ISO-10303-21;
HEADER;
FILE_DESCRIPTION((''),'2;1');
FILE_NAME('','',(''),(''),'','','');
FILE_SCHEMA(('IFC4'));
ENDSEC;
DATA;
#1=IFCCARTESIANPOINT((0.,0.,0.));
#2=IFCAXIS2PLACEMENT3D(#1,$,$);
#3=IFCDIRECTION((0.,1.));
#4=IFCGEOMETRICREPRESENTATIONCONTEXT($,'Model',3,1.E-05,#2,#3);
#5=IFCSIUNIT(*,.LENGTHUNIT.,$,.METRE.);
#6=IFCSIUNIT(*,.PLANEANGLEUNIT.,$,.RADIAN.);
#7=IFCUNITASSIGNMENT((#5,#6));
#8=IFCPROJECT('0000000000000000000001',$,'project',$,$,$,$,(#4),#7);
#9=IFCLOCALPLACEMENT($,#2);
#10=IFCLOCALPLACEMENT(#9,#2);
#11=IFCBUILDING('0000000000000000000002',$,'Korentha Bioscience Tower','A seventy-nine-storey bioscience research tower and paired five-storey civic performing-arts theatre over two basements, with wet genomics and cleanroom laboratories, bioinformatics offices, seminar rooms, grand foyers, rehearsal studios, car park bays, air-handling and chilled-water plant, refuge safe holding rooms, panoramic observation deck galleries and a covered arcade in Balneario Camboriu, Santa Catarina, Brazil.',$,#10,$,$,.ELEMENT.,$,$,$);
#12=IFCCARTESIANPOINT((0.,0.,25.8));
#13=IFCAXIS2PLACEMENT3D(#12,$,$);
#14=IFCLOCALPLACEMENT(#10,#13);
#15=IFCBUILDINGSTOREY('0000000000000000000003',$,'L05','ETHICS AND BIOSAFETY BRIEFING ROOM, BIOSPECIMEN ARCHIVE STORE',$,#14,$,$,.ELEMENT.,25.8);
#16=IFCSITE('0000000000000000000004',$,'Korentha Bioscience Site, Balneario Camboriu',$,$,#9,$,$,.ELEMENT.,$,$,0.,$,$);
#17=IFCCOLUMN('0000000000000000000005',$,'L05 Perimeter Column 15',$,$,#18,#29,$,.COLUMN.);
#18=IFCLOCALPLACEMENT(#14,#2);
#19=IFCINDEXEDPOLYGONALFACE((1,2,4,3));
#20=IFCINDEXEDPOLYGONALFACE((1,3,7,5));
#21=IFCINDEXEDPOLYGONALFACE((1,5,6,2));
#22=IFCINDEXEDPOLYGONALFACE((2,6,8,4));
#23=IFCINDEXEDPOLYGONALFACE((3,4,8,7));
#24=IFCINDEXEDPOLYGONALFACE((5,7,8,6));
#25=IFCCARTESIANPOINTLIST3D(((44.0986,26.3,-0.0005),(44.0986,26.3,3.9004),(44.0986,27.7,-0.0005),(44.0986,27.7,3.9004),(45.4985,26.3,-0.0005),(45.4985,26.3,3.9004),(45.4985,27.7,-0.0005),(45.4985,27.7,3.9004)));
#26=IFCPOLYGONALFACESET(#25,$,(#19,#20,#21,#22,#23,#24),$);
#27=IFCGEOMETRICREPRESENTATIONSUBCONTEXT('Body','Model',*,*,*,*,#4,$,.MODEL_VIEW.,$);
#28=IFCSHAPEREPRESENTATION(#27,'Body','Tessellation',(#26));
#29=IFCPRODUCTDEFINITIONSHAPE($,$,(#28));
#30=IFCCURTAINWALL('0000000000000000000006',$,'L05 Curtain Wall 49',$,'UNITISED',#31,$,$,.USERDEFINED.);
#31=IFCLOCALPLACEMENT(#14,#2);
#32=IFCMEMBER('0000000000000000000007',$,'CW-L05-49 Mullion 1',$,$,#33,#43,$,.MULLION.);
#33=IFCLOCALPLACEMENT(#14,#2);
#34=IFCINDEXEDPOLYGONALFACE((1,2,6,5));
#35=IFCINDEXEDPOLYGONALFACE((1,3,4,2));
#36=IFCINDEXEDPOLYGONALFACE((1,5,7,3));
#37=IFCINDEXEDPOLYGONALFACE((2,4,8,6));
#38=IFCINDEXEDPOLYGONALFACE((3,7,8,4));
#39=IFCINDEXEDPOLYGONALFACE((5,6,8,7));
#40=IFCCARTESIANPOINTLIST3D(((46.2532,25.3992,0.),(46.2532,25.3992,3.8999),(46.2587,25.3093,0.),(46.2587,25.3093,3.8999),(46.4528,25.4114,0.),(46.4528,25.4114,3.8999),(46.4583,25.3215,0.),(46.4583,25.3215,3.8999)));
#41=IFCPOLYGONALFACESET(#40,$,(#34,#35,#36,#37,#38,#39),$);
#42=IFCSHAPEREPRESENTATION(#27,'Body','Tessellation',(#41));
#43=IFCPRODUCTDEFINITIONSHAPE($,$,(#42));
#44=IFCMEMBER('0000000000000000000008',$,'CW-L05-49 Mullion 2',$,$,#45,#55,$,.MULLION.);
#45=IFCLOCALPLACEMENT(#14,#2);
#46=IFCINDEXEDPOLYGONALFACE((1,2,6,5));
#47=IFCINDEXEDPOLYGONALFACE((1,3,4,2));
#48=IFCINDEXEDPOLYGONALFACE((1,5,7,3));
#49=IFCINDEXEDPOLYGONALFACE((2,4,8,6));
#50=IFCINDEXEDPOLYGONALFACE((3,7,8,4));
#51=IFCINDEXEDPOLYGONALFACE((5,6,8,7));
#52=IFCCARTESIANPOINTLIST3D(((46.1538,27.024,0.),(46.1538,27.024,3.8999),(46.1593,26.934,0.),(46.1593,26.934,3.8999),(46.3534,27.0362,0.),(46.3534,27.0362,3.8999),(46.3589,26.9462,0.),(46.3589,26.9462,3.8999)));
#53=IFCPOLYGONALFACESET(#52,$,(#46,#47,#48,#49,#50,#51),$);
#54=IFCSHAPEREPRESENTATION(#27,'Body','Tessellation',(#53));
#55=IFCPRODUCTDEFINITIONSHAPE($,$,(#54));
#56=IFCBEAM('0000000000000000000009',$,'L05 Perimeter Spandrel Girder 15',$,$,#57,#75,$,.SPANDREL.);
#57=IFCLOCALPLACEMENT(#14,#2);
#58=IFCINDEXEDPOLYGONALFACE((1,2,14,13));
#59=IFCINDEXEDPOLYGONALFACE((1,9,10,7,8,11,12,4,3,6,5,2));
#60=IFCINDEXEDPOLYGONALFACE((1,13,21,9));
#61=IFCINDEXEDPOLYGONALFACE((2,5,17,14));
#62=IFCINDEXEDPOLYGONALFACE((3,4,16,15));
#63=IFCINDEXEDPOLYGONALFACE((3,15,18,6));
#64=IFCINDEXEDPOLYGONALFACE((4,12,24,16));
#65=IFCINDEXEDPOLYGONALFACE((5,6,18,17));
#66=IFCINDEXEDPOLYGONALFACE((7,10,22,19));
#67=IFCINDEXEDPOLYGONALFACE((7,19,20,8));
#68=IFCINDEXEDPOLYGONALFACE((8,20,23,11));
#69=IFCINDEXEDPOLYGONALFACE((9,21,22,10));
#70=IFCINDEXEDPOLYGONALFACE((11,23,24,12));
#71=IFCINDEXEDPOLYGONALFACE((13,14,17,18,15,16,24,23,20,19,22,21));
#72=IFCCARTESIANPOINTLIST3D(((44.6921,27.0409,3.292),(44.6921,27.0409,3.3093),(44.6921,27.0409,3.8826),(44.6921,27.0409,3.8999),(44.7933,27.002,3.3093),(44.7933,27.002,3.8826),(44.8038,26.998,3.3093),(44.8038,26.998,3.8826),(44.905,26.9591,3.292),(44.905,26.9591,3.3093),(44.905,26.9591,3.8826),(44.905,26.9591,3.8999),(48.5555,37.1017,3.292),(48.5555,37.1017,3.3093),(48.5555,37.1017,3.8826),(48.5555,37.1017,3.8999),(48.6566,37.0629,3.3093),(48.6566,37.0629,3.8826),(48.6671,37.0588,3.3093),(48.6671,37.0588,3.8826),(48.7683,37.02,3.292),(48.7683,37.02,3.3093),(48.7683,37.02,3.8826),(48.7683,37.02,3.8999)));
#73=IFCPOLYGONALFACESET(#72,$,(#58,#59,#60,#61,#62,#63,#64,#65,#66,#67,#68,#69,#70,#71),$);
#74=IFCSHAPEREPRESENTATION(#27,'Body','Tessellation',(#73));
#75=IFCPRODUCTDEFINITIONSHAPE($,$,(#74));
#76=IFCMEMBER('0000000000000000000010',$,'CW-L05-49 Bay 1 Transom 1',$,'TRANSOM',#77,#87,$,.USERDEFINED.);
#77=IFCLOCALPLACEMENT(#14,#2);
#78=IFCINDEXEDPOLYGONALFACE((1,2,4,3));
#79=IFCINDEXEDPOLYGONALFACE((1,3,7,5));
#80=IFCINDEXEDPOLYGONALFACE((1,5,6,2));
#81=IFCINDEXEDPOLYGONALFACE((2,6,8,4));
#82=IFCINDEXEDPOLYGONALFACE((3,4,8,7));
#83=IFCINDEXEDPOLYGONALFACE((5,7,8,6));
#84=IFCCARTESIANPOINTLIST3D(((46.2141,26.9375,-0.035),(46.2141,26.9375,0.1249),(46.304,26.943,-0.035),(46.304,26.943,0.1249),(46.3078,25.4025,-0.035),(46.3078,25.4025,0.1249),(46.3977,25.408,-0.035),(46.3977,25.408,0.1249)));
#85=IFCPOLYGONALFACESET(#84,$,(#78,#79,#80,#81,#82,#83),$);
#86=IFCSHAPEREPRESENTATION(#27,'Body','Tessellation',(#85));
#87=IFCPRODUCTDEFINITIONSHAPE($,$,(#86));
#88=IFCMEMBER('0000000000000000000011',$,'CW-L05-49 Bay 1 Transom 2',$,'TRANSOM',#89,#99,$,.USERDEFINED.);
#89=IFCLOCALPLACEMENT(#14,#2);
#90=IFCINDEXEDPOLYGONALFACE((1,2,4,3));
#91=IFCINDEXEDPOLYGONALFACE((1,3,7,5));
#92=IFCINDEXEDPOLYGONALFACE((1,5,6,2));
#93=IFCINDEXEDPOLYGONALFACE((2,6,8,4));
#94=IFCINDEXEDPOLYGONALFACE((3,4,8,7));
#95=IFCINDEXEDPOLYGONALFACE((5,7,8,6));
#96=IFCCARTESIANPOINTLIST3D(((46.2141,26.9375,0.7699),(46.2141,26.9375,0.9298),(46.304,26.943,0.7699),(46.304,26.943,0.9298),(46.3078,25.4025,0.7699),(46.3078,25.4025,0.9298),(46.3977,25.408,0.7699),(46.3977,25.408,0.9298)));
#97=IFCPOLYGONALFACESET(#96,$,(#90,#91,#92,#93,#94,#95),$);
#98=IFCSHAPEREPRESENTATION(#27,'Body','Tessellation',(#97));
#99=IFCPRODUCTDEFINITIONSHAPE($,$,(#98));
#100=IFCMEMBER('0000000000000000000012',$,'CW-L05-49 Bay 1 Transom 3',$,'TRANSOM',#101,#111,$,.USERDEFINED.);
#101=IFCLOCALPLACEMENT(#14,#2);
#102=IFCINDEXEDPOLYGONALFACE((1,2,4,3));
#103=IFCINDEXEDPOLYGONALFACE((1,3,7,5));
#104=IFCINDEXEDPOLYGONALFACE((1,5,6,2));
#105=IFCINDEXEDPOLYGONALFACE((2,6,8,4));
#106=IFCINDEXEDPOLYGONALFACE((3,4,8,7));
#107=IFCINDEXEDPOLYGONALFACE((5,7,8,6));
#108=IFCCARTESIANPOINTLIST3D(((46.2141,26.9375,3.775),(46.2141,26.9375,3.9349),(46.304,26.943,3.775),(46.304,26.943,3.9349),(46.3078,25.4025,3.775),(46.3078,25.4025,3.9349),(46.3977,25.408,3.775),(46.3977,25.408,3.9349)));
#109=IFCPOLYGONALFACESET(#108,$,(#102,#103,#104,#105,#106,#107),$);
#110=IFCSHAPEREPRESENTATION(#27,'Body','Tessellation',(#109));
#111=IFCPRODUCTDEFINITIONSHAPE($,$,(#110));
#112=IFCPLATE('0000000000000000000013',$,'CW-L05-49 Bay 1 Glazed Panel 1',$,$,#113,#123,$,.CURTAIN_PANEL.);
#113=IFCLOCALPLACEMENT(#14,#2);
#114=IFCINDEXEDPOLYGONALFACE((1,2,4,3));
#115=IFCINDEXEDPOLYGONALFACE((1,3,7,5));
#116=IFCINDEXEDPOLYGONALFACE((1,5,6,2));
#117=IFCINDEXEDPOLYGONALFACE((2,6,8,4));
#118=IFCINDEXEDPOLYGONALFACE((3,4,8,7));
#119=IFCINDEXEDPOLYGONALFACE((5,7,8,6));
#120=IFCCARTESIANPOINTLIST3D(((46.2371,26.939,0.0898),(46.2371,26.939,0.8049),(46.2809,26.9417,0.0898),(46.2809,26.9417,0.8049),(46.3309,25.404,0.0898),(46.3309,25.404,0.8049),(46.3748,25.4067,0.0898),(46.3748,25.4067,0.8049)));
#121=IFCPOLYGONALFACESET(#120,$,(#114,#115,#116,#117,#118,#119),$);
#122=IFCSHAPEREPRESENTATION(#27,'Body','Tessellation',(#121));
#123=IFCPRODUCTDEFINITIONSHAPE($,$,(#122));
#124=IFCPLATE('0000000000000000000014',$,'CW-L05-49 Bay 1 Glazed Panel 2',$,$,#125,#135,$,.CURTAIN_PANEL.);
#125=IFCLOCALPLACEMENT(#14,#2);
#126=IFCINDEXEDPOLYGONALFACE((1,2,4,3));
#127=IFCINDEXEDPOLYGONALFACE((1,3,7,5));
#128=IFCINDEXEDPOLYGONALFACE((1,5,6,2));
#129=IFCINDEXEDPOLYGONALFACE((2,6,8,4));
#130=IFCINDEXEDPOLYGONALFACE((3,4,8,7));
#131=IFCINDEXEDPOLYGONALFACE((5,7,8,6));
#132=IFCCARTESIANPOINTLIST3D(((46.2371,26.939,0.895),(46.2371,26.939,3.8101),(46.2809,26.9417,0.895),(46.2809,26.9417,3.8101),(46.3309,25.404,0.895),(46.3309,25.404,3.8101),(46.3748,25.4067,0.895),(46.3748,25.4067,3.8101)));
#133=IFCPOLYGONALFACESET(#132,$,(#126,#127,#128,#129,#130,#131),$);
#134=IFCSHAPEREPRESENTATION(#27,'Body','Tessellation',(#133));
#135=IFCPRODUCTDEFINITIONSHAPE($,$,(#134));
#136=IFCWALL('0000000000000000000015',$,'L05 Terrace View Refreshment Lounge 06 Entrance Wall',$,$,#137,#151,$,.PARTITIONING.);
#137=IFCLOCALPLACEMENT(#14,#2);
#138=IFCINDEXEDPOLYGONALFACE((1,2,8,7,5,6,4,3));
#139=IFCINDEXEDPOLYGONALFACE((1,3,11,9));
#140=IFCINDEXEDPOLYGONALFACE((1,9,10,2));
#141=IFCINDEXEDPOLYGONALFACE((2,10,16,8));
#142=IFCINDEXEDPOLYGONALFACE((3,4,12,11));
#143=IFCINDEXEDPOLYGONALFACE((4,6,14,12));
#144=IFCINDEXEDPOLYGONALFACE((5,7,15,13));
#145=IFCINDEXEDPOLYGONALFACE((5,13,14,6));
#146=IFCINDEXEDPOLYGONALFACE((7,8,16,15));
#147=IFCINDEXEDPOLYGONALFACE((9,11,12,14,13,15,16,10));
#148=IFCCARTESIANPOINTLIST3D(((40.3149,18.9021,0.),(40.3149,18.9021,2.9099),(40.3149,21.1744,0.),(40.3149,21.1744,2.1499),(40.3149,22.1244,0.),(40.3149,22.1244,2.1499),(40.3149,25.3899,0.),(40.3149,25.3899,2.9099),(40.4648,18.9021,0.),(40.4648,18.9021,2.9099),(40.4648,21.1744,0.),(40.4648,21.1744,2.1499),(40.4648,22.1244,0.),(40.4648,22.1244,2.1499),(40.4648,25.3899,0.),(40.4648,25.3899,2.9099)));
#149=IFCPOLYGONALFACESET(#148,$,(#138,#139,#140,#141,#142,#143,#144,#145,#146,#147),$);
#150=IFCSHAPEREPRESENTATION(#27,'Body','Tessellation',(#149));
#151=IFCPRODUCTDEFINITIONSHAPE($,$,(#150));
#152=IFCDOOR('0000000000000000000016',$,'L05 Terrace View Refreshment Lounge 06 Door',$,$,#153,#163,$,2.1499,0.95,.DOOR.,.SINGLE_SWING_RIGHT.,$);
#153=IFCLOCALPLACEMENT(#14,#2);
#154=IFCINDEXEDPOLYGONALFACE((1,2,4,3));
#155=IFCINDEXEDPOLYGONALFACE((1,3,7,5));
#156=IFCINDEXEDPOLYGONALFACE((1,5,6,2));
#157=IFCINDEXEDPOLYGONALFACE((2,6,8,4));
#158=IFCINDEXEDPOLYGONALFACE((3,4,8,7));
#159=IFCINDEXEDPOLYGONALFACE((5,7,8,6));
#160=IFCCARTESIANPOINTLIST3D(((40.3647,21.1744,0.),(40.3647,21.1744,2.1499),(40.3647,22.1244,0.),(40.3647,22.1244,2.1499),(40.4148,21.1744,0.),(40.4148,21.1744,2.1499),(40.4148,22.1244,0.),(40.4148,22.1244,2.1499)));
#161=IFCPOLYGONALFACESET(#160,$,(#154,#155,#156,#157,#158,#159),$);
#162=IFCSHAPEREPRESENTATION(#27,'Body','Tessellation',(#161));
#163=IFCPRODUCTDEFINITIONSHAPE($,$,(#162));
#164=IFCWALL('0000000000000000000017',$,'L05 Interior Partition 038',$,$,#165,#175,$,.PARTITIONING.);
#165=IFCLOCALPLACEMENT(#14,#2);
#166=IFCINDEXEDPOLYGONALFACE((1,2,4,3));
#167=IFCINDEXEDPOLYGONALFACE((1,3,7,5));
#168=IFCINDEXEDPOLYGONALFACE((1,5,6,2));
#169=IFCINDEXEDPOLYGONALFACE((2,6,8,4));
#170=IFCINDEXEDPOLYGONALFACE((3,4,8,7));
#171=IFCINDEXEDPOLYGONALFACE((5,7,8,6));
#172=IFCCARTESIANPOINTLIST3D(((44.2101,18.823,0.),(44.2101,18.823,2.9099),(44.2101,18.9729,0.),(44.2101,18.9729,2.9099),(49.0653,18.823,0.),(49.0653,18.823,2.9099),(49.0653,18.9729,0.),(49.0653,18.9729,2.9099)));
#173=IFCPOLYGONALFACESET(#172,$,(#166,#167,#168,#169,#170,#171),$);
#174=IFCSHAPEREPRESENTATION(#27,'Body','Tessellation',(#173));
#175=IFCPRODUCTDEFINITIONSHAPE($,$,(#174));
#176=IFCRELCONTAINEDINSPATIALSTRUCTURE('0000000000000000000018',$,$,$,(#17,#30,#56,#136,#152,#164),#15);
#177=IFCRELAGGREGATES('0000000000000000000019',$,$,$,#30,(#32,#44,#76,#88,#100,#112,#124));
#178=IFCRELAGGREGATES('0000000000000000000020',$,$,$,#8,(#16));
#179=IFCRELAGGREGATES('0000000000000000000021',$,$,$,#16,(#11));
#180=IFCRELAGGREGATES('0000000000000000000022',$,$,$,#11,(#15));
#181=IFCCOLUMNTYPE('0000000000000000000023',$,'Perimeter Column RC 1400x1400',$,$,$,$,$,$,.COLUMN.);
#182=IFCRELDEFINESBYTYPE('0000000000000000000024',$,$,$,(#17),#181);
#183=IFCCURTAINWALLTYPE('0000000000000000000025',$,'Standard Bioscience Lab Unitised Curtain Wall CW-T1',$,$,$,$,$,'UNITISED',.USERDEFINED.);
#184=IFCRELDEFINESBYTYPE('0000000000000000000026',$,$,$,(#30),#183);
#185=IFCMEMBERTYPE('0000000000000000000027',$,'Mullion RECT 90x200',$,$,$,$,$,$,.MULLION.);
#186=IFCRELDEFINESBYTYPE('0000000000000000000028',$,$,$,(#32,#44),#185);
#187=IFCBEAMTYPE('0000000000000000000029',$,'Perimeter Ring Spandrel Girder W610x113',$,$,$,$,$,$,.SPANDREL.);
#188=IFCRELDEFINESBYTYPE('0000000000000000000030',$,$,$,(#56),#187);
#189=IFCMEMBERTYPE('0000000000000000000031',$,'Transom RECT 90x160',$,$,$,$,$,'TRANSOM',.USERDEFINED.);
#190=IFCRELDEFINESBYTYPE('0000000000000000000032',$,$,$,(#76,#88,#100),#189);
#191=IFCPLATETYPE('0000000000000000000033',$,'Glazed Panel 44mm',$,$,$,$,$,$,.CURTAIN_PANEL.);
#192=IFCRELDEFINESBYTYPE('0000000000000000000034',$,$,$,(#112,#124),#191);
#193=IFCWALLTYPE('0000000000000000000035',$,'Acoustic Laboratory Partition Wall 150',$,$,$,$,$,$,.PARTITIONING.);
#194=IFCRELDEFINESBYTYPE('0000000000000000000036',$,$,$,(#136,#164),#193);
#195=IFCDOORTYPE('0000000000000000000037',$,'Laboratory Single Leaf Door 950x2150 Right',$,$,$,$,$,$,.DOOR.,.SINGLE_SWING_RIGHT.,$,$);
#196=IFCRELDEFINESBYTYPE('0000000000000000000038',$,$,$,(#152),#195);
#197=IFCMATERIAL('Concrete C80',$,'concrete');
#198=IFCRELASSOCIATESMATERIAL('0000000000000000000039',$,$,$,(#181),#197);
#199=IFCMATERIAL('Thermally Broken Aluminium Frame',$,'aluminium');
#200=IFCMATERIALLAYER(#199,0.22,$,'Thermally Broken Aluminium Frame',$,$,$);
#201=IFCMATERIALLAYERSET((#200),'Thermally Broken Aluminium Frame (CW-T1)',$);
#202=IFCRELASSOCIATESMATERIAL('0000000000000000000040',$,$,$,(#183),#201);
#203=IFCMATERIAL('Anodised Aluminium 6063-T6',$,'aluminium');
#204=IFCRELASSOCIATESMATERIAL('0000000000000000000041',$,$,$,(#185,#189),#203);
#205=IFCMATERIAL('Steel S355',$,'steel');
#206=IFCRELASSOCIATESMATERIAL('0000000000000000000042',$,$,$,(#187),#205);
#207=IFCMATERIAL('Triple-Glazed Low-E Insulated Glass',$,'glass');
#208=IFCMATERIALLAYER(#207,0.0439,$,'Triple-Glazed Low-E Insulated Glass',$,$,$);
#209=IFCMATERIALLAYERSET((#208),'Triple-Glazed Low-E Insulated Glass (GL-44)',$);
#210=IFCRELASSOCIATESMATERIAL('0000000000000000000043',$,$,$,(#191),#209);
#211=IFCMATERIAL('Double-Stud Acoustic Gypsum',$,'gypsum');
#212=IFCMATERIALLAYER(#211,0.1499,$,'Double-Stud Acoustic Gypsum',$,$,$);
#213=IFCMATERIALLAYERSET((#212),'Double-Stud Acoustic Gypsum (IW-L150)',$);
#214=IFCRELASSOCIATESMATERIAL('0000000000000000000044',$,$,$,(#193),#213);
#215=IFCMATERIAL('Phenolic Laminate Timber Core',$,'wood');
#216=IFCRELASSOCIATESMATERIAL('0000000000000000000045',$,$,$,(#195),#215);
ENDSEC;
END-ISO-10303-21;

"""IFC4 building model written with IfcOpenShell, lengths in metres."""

from ifc_helpers import new_model, si_unit, direction, frame, frame_2d, origin, origin_2d, place, context, subcontext, project, spatial, rectangle, i_section, extrude, material, layer, layer_set, material_profile, profile_set, type_object, element, fill, aggregate, save


model = new_model("IFC4")

# Units and contexts
model_context = context("Model", 3, precision=1e-05, world=origin(), true_north=direction((0.0, 1.0)))
body_context = subcontext(model_context, "Body", "Model", "MODEL_VIEW")
ifc_project = project(units=[si_unit("LENGTHUNIT", "METRE"), si_unit("PLANEANGLEUNIT", "RADIAN")], contexts=[model_context])

# Site, building, storey
site_placement = place(None, origin())
site = spatial("IfcSite", under=ifc_project, at=site_placement, Name="Korentha Bioscience Site, Balneario Camboriu", CompositionType="ELEMENT", RefElevation=0.0)
building_placement = place(site_placement, origin())
building = spatial("IfcBuilding", under=site, at=building_placement, Name="Korentha Bioscience Tower", Description="A seventy-nine-storey bioscience research tower and paired five-storey civic performing-arts theatre over two basements, with wet genomics and cleanroom laboratories, bioinformatics offices, seminar rooms, grand foyers, rehearsal studios, car park bays, air-handling and chilled-water plant, refuge safe holding rooms, panoramic observation deck galleries and a covered arcade in Balneario Camboriu, Santa Catarina, Brazil.", CompositionType="ELEMENT")
storey_placement = place(building_placement, frame((0.0, 0.0, 25.8)))
storey = spatial("IfcBuildingStorey", under=building, at=storey_placement, Name="L05", Description="ETHICS AND BIOSAFETY BRIEFING ROOM, BIOSPECIMEN ARCHIVE STORE", CompositionType="ELEMENT", Elevation=25.8)

# Column
ifc_material_1 = material(Name="Concrete C80", Category="concrete")
ifc_material_profile_1 = material_profile(ifc_material_1, rectangle(XDim=1.3999, YDim=1.3999, at=origin_2d()), Name="Concrete C80")
ifc_profile_set_1 = profile_set([ifc_material_profile_1], Name="Concrete C80 (COL-P14)")
column_type = type_object("IfcColumnType", Name="Perimeter Column RC 1400x1400", PredefinedType="COLUMN", material=ifc_profile_set_1)
column_placement = place(storey_placement, frame((44.7986, 27.0, -0.0005), z_axis=(0.0, 0.0, 1.0), x_axis=(0.0, 1.0, 0.0)))
element("IfcColumn", 1, at=column_placement, inside=storey, type_object=column_type, Name="L05 Perimeter Column 15", PredefinedType="COLUMN", context=body_context, shape_type="SweptSolid", body=[
    extrude(rectangle(XDim=1.3999, YDim=1.3999, at=origin_2d()), origin(), (0.0, 0.0, 1.0), 3.9009),
])

# Curtain wall, members
ifc_material_2 = material(Name="Thermally Broken Aluminium Frame", Category="aluminium")
ifc_layer_1 = layer(ifc_material_2, 0.22, Name="Thermally Broken Aluminium Frame")
ifc_layer_set_1 = layer_set([ifc_layer_1], Name="Thermally Broken Aluminium Frame (CW-T1)")
curtain_wall_type = type_object("IfcCurtainWallType", Name="Standard Bioscience Lab Unitised Curtain Wall CW-T1", ElementType="UNITISED", PredefinedType="USERDEFINED", material=ifc_layer_set_1)
curtain_wall_placement = place(storey_placement, origin())
curtain_wall = element("IfcCurtainWall", 2, at=curtain_wall_placement, inside=storey, type_object=curtain_wall_type, Name="L05 Curtain Wall 49", ObjectType="UNITISED", PredefinedType="USERDEFINED")
ifc_material_3 = material(Name="Anodised Aluminium 6063-T6", Category="aluminium")
ifc_material_profile_2 = material_profile(ifc_material_3, rectangle(XDim=0.0901, YDim=0.2, at=origin_2d()), Name="Anodised Aluminium 6063-T6")
ifc_profile_set_2 = profile_set([ifc_material_profile_2], Name="Anodised Aluminium 6063-T6 (CW-MUL)")
member_type_1 = type_object("IfcMemberType", Name="Mullion RECT 90x200", PredefinedType="MULLION", material=ifc_profile_set_2)
member_1_placement = place(storey_placement, frame((46.3557, 25.3604, 0.0), z_axis=(0.0, 0.0, 1.0), x_axis=(-0.061008, 0.998137, 0.0)))
member_1 = element("IfcMember", 3, at=member_1_placement, type_object=member_type_1, Name="CW-L05-49 Mullion 1", PredefinedType="MULLION", context=body_context, shape_type="SweptSolid", body=[
    extrude(rectangle(XDim=0.0901, YDim=0.2, at=origin_2d()), origin(), (0.0, 0.0, 1.0), 3.8999),
])
member_2_placement = place(storey_placement, frame((46.2563, 26.9851, 0.0), z_axis=(0.0, 0.0, 1.0), x_axis=(-0.061008, 0.998137, 0.0)))
member_2 = element("IfcMember", 4, at=member_2_placement, type_object=member_type_1, Name="CW-L05-49 Mullion 2", PredefinedType="MULLION", context=body_context, shape_type="SweptSolid", body=[
    extrude(rectangle(XDim=0.0901, YDim=0.2, at=origin_2d()), origin(), (0.0, 0.0, 1.0), 3.8999),
])

# Beam
ifc_material_4 = material(Name="Steel S355", Category="steel")
ifc_material_profile_3 = material_profile(ifc_material_4, i_section(OverallWidth=0.228, OverallDepth=0.6079, WebThickness=0.0112, FlangeThickness=0.0173, at=origin_2d()), Name="Steel S355")
ifc_profile_set_3 = profile_set([ifc_material_profile_3], Name="Steel S355 (SB-610)")
beam_type = type_object("IfcBeamType", Name="Perimeter Ring Spandrel Girder W610x113", PredefinedType="SPANDREL", material=ifc_profile_set_3)
beam_placement = place(storey_placement, frame((44.7986, 27.0, 3.5959), z_axis=(0.358474, 0.93354, 0.0), x_axis=(-0.93354, 0.358474, 0.0)))
element("IfcBeam", 5, at=beam_placement, inside=storey, type_object=beam_type, Name="L05 Perimeter Spandrel Girder 15", PredefinedType="SPANDREL", context=body_context, shape_type="SweptSolid", body=[
    extrude(i_section(OverallWidth=0.228, OverallDepth=0.6079, WebThickness=0.0112, FlangeThickness=0.0173, at=origin_2d()), origin(), (0.0, 0.0, 1.0), 10.7771),
])

# Members
ifc_material_profile_4 = material_profile(ifc_material_3, rectangle(XDim=0.0901, YDim=0.1599, at=origin_2d()), Name="Anodised Aluminium 6063-T6")
ifc_profile_set_4 = profile_set([ifc_material_profile_4], Name="Anodised Aluminium 6063-T6 (CW-TRN)")
member_type_2 = type_object("IfcMemberType", Name="Transom RECT 90x160", ElementType="TRANSOM", PredefinedType="USERDEFINED", material=ifc_profile_set_4)
member_3_placement = place(storey_placement, frame((46.3528, 25.4053, 0.0449), z_axis=(-0.060965, 0.99814, 0.0), x_axis=(-0.99814, -0.060965, 0.0)))
member_3 = element("IfcMember", 6, at=member_3_placement, type_object=member_type_2, Name="CW-L05-49 Bay 1 Transom 1", ObjectType="TRANSOM", PredefinedType="USERDEFINED", context=body_context, shape_type="SweptSolid", body=[
    extrude(rectangle(XDim=0.0901, YDim=0.1599, at=origin_2d()), origin(), (0.0, 0.0, 1.0), 1.5378),
])
member_4_placement = place(storey_placement, frame((46.3528, 25.4053, 0.8499), z_axis=(-0.060965, 0.99814, 0.0), x_axis=(-0.99814, -0.060965, 0.0)))
member_4 = element("IfcMember", 7, at=member_4_placement, type_object=member_type_2, Name="CW-L05-49 Bay 1 Transom 2", ObjectType="TRANSOM", PredefinedType="USERDEFINED", context=body_context, shape_type="SweptSolid", body=[
    extrude(rectangle(XDim=0.0901, YDim=0.1599, at=origin_2d()), origin(), (0.0, 0.0, 1.0), 1.5378),
])
member_5_placement = place(storey_placement, frame((46.3528, 25.4053, 3.855), z_axis=(-0.060965, 0.99814, 0.0), x_axis=(-0.99814, -0.060965, 0.0)))
member_5 = element("IfcMember", 8, at=member_5_placement, type_object=member_type_2, Name="CW-L05-49 Bay 1 Transom 3", ObjectType="TRANSOM", PredefinedType="USERDEFINED", context=body_context, shape_type="SweptSolid", body=[
    extrude(rectangle(XDim=0.0901, YDim=0.1599, at=origin_2d()), origin(), (0.0, 0.0, 1.0), 1.5378),
])

# Plates
ifc_material_5 = material(Name="Triple-Glazed Low-E Insulated Glass", Category="glass")
ifc_layer_2 = layer(ifc_material_5, 0.0439, Name="Triple-Glazed Low-E Insulated Glass")
ifc_layer_set_2 = layer_set([ifc_layer_2], Name="Triple-Glazed Low-E Insulated Glass (GL-44)")
plate_type = type_object("IfcPlateType", Name="Glazed Panel 44mm", PredefinedType="CURTAIN_PANEL", material=ifc_layer_set_2)
plate_1_placement = place(storey_placement, frame((46.3059, 26.1729, 0.0898), z_axis=(0.0, 0.0, 1.0), x_axis=(-0.061008, 0.998137, 0.0)))
plate_1 = element("IfcPlate", 9, at=plate_1_placement, type_object=plate_type, Name="CW-L05-49 Bay 1 Glazed Panel 1", PredefinedType="CURTAIN_PANEL", context=body_context, shape_type="SweptSolid", body=[
    extrude(rectangle(XDim=1.5378, YDim=0.0439, at=origin_2d()), origin(), (0.0, 0.0, 1.0), 0.7151),
])
plate_2_placement = place(storey_placement, frame((46.3059, 26.1729, 0.895), z_axis=(0.0, 0.0, 1.0), x_axis=(-0.061008, 0.998137, 0.0)))
plate_2 = element("IfcPlate", 10, at=plate_2_placement, type_object=plate_type, Name="CW-L05-49 Bay 1 Glazed Panel 2", PredefinedType="CURTAIN_PANEL", context=body_context, shape_type="SweptSolid", body=[
    extrude(rectangle(XDim=1.5378, YDim=0.0439, at=origin_2d()), origin(), (0.0, 0.0, 1.0), 2.915),
])
aggregate(curtain_wall, [member_1, member_2, member_3, member_4, member_5, plate_1, plate_2])

# Wall, opening, door
ifc_material_6 = material(Name="Double-Stud Acoustic Gypsum", Category="gypsum")
ifc_layer_3 = layer(ifc_material_6, 0.1499, Name="Double-Stud Acoustic Gypsum")
ifc_layer_set_3 = layer_set([ifc_layer_3], Name="Double-Stud Acoustic Gypsum (IW-L150)")
wall_type_1 = type_object("IfcWallType", Name="Acoustic Laboratory Partition Wall 150", PredefinedType="PARTITIONING", material=ifc_layer_set_3)
wall_1_placement = place(storey_placement, frame((40.3899, 25.3899, 0.0), z_axis=(0.0, 0.0, 1.0), x_axis=(0.0, -1.0, 0.0)))
wall_1 = element("IfcWall", 11, at=wall_1_placement, inside=storey, type_object=wall_type_1, Name="L05 Terrace View Refreshment Lounge 06 Entrance Wall", PredefinedType="PARTITIONING", context=body_context, shape_type="SweptSolid", body=[
    extrude(rectangle(XDim=6.4878, YDim=0.1499, at=frame_2d((3.2439, 0.0))), origin(), (0.0, 0.0, 1.0), 2.9099),
])
opening_1_placement = place(wall_1_placement, frame((3.2654, 0.0, 0.0)))
opening_1 = element("IfcOpeningElement", 12, at=opening_1_placement, cuts=wall_1, PredefinedType="OPENING", context=body_context, shape_type="SweptSolid", body=[
    extrude(rectangle(XDim=0.95, YDim=2.1499, at=frame_2d((0.4751, 1.075))), frame((0.0, 0.0898, 0.0), z_axis=(0.0, -1.0, 0.0), x_axis=(1.0, 0.0, 0.0)), (0.0, 0.0, 1.0), 0.1797),
])
ifc_material_7 = material(Name="Phenolic Laminate Timber Core", Category="wood")
door_type_1 = type_object("IfcDoorType", Name="Laboratory Single Leaf Door 950x2150 Right", OperationType="SINGLE_SWING_RIGHT", PredefinedType="DOOR", material=ifc_material_7)
door_1_placement = place(opening_1_placement, origin())
door_1 = element("IfcDoor", 13, at=door_1_placement, inside=storey, type_object=door_type_1, Name="L05 Terrace View Refreshment Lounge 06 Door", OperationType="SINGLE_SWING_RIGHT", OverallHeight=2.1499, OverallWidth=0.95, PredefinedType="DOOR", context=body_context, shape_type="SweptSolid", body=[
    extrude(rectangle(XDim=0.95, YDim=2.1499, at=frame_2d((0.4751, 1.075))), frame((0.0, 0.0249, 0.0), z_axis=(0.0, -1.0, 0.0), x_axis=(1.0, 0.0, 0.0)), (0.0, 0.0, 1.0), 0.05),
])
fill(opening_1, door_1)

# Wall
wall_2_placement = place(storey_placement, frame((44.21, 18.8979, 0.0), z_axis=(0.0, 0.0, 1.0), x_axis=(1.0, 0.0, 0.0)))
element("IfcWall", 14, at=wall_2_placement, inside=storey, type_object=wall_type_1, Name="L05 Interior Partition 038", PredefinedType="PARTITIONING", context=body_context, shape_type="SweptSolid", body=[
    extrude(rectangle(XDim=4.8552, YDim=0.1499, at=frame_2d((2.4277, 0.0))), origin(), (0.0, 0.0, 1.0), 2.9099),
])

save(model, "model.ifc")
